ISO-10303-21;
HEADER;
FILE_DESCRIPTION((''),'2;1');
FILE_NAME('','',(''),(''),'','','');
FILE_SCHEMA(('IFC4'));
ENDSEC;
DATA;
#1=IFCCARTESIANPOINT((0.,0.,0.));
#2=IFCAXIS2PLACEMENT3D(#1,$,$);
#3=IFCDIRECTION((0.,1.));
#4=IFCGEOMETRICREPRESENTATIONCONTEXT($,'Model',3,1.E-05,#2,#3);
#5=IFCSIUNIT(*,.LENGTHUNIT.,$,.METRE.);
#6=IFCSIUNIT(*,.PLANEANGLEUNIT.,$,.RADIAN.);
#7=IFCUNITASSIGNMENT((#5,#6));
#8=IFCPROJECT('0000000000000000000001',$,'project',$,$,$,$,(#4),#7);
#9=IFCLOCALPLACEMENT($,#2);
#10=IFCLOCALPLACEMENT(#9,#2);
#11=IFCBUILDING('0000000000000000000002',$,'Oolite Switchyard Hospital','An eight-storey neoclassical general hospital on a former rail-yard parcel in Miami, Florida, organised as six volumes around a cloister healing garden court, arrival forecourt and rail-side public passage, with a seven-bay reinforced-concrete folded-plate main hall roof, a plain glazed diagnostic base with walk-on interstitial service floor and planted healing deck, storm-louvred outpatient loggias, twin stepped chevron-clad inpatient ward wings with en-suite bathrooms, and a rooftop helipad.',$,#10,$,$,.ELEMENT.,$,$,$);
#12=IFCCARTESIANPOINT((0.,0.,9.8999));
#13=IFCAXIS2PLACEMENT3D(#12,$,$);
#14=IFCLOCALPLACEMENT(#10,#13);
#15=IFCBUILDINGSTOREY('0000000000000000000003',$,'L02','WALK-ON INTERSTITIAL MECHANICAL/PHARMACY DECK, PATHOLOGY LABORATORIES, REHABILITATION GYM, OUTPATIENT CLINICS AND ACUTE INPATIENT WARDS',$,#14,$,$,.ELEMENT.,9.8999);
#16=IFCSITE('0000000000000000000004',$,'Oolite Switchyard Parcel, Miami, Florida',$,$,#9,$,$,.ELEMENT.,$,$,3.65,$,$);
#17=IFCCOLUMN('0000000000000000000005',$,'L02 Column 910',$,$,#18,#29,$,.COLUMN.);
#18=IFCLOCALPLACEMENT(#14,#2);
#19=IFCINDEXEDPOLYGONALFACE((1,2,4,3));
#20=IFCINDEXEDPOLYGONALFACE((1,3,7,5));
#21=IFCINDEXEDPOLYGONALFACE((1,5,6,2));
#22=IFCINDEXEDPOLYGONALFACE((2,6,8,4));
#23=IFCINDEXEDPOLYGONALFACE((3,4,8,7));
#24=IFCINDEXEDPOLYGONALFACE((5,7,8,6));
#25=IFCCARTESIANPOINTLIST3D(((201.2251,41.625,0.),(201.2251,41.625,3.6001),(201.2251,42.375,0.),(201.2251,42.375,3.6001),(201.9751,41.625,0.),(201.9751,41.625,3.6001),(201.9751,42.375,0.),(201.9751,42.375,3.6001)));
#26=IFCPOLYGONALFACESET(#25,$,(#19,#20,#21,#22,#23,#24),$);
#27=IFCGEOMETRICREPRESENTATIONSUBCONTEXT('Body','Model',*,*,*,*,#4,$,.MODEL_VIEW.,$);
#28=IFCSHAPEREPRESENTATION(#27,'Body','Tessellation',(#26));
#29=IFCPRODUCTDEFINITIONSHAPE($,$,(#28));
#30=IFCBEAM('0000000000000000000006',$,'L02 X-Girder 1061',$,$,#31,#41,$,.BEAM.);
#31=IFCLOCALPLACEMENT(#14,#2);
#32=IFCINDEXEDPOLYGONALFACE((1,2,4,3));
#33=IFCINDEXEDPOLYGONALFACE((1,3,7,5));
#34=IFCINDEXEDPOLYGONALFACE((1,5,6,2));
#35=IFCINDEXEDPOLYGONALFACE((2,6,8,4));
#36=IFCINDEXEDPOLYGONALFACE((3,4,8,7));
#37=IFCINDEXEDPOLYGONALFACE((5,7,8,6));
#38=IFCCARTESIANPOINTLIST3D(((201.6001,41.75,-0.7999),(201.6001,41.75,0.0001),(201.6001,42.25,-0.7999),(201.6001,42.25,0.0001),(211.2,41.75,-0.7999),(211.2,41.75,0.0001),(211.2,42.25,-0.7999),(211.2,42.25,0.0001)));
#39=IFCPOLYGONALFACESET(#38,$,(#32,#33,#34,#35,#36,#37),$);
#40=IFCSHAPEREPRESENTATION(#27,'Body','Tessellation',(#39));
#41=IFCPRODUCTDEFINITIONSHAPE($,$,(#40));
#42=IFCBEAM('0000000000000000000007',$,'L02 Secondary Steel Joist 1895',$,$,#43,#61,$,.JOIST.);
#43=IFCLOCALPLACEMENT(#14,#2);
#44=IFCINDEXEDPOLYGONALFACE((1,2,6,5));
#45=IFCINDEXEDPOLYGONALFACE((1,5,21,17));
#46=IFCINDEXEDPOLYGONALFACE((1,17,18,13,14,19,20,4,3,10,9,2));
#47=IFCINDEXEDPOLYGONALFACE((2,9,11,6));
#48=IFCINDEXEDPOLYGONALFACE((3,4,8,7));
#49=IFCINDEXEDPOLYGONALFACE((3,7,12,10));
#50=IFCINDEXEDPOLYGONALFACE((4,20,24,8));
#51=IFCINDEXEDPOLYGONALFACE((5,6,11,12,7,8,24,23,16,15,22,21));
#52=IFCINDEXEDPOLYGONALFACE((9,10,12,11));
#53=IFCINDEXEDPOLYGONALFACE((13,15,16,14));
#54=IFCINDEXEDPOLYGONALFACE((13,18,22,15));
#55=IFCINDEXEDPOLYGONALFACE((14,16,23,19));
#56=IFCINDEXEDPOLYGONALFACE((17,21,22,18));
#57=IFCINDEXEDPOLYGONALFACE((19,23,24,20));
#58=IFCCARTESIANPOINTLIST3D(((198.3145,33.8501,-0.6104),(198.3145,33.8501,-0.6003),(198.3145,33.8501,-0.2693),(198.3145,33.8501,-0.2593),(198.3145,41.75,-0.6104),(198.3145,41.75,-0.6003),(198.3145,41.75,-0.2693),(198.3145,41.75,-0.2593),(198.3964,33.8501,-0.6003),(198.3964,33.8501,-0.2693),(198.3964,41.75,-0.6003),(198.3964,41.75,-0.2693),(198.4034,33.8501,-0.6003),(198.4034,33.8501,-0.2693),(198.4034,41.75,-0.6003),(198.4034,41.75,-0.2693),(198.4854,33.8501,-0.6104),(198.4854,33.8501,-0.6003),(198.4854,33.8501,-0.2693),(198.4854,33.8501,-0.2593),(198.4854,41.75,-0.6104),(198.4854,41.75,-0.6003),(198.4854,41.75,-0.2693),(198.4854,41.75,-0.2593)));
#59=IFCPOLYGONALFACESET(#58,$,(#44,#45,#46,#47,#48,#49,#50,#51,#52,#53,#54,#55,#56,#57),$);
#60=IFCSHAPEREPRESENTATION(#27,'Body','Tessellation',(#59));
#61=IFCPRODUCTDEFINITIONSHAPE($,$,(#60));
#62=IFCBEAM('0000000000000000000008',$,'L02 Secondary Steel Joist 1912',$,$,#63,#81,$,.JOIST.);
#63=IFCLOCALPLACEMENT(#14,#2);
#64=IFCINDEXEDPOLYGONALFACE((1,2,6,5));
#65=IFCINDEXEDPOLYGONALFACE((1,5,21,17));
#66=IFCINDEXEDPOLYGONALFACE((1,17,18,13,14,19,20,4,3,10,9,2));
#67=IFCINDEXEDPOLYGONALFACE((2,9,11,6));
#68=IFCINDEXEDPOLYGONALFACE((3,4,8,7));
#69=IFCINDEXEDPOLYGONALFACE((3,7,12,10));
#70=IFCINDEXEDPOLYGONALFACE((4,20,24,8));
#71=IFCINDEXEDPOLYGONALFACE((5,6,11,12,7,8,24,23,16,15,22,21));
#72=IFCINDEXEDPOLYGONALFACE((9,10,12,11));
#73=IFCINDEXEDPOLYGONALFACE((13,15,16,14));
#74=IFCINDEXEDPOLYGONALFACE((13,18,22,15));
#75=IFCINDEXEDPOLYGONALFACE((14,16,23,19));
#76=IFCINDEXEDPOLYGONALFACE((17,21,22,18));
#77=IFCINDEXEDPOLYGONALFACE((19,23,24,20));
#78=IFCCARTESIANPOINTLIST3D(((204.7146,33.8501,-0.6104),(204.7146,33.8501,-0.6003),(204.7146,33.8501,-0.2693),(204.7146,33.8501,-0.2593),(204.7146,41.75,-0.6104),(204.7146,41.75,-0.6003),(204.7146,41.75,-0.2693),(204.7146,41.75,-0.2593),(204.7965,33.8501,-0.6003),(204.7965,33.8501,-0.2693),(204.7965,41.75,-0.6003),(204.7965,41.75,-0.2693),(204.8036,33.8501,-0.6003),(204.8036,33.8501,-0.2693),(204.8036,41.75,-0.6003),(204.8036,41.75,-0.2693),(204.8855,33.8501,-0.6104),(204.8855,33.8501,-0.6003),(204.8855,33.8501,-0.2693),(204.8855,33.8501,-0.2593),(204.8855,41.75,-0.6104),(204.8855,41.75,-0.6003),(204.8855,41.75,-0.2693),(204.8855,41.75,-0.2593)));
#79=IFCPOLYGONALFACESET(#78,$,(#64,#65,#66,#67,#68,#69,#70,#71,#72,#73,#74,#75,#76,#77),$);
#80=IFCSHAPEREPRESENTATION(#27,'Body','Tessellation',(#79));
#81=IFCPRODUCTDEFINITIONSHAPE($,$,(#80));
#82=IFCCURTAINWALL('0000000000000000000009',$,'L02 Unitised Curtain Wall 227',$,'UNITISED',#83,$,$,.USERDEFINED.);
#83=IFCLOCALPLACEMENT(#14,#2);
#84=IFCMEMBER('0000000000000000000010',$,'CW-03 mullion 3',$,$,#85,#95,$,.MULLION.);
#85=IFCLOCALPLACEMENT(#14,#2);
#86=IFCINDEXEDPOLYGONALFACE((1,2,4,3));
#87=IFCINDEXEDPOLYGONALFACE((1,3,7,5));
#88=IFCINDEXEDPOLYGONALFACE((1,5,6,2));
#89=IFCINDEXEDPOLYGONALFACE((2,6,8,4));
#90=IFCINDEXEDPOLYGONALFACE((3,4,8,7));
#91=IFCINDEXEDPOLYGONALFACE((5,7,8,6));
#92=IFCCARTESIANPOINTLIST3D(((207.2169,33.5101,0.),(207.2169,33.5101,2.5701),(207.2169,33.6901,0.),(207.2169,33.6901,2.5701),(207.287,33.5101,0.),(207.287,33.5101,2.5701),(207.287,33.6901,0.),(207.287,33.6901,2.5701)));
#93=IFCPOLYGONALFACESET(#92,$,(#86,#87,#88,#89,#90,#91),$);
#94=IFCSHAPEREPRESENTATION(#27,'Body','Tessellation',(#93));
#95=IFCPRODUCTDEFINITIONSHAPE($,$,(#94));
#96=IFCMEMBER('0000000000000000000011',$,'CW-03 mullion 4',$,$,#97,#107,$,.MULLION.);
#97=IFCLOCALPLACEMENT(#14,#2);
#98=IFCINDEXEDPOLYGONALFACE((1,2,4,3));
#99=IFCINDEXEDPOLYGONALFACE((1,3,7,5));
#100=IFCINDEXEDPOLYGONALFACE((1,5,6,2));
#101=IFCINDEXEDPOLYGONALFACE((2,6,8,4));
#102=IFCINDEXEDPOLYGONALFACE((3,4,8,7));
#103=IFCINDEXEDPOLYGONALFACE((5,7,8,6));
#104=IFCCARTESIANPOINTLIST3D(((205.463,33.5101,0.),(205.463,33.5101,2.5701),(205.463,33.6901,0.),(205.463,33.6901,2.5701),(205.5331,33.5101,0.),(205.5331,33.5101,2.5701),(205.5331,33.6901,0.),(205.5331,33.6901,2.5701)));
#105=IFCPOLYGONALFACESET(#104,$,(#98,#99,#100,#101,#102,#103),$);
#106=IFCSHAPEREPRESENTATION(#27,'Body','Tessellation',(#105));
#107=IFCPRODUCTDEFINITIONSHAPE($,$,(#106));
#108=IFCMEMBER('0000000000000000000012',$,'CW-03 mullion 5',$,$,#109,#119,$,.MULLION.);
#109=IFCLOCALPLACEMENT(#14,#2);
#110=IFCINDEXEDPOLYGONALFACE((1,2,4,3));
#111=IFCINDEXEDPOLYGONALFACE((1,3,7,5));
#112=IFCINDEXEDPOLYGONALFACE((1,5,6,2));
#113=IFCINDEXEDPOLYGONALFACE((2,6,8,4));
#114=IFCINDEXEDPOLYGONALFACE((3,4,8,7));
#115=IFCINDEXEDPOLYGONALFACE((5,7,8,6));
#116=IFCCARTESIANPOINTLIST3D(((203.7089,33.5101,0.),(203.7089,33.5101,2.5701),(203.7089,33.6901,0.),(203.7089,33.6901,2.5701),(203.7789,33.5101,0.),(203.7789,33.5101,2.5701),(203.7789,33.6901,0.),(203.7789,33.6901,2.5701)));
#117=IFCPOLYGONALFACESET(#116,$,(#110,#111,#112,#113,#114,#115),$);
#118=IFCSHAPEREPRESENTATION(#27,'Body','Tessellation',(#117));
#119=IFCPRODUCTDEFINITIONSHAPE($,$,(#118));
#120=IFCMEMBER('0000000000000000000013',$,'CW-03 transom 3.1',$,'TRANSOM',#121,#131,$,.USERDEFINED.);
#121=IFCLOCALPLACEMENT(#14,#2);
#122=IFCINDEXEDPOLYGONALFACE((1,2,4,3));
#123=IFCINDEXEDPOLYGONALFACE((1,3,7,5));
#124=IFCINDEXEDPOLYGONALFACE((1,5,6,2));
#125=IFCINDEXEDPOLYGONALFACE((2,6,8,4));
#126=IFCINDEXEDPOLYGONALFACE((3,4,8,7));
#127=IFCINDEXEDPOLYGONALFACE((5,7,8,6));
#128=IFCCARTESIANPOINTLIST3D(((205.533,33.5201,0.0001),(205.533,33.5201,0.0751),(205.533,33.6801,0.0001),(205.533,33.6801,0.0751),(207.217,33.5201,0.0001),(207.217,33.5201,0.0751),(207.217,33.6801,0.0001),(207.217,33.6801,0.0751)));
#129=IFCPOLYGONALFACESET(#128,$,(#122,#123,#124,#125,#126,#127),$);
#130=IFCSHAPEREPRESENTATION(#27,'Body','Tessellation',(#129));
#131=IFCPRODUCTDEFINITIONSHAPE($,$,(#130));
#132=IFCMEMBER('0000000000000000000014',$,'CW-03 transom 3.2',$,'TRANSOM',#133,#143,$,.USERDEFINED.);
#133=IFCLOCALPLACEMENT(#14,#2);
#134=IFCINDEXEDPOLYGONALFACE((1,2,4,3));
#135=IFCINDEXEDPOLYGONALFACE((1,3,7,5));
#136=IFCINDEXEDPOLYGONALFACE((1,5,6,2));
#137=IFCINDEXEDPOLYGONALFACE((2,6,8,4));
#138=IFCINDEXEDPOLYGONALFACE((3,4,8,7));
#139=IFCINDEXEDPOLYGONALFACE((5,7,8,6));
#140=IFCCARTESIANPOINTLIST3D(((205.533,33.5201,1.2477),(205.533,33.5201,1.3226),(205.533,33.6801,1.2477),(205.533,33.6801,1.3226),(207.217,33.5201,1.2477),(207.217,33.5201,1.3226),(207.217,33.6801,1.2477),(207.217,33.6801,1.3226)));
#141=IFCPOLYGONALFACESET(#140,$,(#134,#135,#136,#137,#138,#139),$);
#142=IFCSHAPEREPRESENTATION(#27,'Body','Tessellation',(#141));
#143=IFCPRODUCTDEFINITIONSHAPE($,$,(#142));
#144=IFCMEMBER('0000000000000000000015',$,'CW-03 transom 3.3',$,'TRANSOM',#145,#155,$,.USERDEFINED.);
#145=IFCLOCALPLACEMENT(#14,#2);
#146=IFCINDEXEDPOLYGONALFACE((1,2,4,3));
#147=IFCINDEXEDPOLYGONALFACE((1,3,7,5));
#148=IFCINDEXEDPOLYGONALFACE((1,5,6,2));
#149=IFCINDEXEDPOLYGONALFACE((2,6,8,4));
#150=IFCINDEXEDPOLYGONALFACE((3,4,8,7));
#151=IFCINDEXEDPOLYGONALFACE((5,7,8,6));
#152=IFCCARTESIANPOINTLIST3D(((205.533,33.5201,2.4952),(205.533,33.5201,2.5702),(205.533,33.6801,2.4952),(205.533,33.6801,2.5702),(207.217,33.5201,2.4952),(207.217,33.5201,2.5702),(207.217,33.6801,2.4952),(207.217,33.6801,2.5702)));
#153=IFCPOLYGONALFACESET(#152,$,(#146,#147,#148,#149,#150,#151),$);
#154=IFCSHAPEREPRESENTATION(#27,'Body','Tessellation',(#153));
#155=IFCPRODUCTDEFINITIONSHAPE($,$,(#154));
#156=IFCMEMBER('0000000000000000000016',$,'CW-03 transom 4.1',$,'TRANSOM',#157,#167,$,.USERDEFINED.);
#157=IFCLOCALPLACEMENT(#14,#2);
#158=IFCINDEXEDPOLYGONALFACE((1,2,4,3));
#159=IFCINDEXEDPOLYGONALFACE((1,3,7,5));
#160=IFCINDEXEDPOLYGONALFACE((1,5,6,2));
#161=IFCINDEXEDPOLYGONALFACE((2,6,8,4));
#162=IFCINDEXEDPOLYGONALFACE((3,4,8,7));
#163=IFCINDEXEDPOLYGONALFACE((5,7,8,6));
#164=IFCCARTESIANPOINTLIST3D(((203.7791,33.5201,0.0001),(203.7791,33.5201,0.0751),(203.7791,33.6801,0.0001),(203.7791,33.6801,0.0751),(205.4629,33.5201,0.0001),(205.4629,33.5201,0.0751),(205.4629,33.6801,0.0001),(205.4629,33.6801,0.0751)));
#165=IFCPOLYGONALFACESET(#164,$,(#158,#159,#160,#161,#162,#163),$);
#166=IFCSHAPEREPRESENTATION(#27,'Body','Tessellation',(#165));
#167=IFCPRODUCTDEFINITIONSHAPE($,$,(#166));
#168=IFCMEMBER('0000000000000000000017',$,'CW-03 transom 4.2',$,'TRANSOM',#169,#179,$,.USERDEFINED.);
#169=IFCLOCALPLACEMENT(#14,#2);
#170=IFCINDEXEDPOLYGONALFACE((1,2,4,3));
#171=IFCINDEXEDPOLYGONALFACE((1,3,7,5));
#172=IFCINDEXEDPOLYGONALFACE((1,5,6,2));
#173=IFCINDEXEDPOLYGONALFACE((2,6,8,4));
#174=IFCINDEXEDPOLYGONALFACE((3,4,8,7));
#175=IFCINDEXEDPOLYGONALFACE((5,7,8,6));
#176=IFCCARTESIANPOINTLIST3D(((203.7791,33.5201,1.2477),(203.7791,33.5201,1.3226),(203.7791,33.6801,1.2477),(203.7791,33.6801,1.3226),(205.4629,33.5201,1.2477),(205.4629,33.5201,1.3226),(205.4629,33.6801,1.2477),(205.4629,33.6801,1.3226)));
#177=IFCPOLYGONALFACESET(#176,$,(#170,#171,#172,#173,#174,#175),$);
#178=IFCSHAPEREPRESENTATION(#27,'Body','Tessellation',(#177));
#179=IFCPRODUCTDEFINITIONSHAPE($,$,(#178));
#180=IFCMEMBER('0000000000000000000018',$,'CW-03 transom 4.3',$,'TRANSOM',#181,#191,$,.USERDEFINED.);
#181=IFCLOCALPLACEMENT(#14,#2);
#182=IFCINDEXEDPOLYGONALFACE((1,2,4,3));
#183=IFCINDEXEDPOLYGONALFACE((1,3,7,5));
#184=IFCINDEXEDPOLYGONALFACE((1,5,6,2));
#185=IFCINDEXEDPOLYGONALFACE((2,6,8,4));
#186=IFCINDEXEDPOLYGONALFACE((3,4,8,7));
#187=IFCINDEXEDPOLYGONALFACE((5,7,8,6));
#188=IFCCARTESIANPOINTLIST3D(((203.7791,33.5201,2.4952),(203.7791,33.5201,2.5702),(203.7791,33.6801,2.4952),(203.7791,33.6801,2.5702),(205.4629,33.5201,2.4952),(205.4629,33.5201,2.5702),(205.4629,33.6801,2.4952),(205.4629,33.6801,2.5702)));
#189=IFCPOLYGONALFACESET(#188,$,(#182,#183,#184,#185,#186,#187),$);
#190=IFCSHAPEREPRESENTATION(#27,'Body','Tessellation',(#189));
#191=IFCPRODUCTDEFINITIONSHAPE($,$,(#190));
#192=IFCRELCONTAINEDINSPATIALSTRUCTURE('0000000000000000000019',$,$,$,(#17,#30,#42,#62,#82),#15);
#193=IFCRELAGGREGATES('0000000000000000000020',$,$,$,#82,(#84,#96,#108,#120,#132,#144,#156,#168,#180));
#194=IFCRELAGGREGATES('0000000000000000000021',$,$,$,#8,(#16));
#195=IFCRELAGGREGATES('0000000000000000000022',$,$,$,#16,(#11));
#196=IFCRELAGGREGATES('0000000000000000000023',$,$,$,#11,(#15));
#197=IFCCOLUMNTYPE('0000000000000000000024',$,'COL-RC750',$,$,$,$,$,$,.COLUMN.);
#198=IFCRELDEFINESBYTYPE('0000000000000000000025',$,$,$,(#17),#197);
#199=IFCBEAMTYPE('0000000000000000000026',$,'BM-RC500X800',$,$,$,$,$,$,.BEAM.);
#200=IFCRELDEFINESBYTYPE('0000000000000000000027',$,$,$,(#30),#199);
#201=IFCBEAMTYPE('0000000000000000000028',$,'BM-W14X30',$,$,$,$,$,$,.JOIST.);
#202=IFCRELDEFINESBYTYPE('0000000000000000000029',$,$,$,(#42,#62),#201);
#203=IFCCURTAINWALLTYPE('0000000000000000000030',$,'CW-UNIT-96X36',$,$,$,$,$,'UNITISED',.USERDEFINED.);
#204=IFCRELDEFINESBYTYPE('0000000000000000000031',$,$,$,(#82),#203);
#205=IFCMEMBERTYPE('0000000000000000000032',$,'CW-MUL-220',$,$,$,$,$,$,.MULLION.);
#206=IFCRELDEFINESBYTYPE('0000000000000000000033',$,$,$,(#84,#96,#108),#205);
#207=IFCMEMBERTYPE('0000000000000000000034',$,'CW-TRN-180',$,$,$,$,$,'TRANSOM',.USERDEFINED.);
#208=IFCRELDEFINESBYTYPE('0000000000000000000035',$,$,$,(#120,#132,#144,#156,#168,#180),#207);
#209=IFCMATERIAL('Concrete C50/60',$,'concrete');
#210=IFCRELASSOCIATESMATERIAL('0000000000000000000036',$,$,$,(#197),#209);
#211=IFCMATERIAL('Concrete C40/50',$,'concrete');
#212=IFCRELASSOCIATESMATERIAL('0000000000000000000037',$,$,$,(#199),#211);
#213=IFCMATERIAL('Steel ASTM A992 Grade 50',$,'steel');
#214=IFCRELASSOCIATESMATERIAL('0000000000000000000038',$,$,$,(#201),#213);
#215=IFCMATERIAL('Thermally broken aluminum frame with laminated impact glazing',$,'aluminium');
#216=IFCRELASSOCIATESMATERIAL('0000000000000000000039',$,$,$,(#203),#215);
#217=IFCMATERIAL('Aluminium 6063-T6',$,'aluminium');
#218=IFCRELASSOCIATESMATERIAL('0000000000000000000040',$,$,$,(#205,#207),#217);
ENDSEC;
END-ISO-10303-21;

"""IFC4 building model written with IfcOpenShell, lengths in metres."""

from ifc_helpers import new_model, si_unit, direction, frame, origin, origin_2d, place, context, subcontext, project, spatial, rectangle, i_section, extrude, material, material_profile, profile_set, type_object, element, aggregate, save


model = new_model("IFC4")

# Units and contexts
model_context = context("Model", 3, precision=1e-05, world=origin(), true_north=direction((0.0, 1.0)))
body_context = subcontext(model_context, "Body", "Model", "MODEL_VIEW")
ifc_project = project(units=[si_unit("LENGTHUNIT", "METRE"), si_unit("PLANEANGLEUNIT", "RADIAN")], contexts=[model_context])

# Site, building, storey
site_placement = place(None, origin())
site = spatial("IfcSite", under=ifc_project, at=site_placement, Name="Oolite Switchyard Parcel, Miami, Florida", CompositionType="ELEMENT", RefElevation=3.65)
building_placement = place(site_placement, origin())
building = spatial("IfcBuilding", under=site, at=building_placement, Name="Oolite Switchyard Hospital", Description="An eight-storey neoclassical general hospital on a former rail-yard parcel in Miami, Florida, organised as six volumes around a cloister healing garden court, arrival forecourt and rail-side public passage, with a seven-bay reinforced-concrete folded-plate main hall roof, a plain glazed diagnostic base with walk-on interstitial service floor and planted healing deck, storm-louvred outpatient loggias, twin stepped chevron-clad inpatient ward wings with en-suite bathrooms, and a rooftop helipad.", CompositionType="ELEMENT")
storey_placement = place(building_placement, frame((0.0, 0.0, 9.8999)))
storey = spatial("IfcBuildingStorey", under=building, at=storey_placement, Name="L02", Description="WALK-ON INTERSTITIAL MECHANICAL/PHARMACY DECK, PATHOLOGY LABORATORIES, REHABILITATION GYM, OUTPATIENT CLINICS AND ACUTE INPATIENT WARDS", CompositionType="ELEMENT", Elevation=9.8999)

# Column
ifc_material_1 = material(Name="Concrete C50/60", Category="concrete")
ifc_material_profile_1 = material_profile(ifc_material_1, rectangle(XDim=0.75, YDim=0.75, at=origin_2d()), Name="RC750X750")
ifc_profile_set_1 = profile_set([ifc_material_profile_1], Name="Concrete C50/60")
column_type = type_object("IfcColumnType", Name="COL-RC750", PredefinedType="COLUMN", material=ifc_profile_set_1)
column_placement = place(storey_placement, frame((201.6001, 42.0, 0.0), z_axis=(0.0, 0.0, 1.0), x_axis=(1.0, 0.0, 0.0)))
element("IfcColumn", 1, at=column_placement, inside=storey, type_object=column_type, Name="L02 Column 910", PredefinedType="COLUMN", context=body_context, shape_type="SweptSolid", body=[
    extrude(rectangle(XDim=0.75, YDim=0.75, at=origin_2d()), origin(), (0.0, 0.0, 1.0), 3.6001),
])

# Beams
ifc_material_2 = material(Name="Concrete C40/50", Category="concrete")
ifc_material_profile_2 = material_profile(ifc_material_2, rectangle(XDim=0.5, YDim=0.8, at=origin_2d()), Name="RCB500X800")
ifc_profile_set_2 = profile_set([ifc_material_profile_2], Name="Concrete C40/50")
beam_type_1 = type_object("IfcBeamType", Name="BM-RC500X800", PredefinedType="BEAM", material=ifc_profile_set_2)
beam_placement = place(storey_placement, frame((201.6001, 42.0, -0.3999), z_axis=(1.0, 0.0, 0.0), x_axis=(0.0, 1.0, 0.0)))
element("IfcBeam", 2, at=beam_placement, inside=storey, type_object=beam_type_1, Name="L02 X-Girder 1061", PredefinedType="BEAM", context=body_context, shape_type="SweptSolid", body=[
    extrude(rectangle(XDim=0.5, YDim=0.8, at=origin_2d()), origin(), (0.0, 0.0, 1.0), 9.5999),
])
ifc_material_3 = material(Name="Steel ASTM A992 Grade 50", Category="steel")
ifc_material_profile_3 = material_profile(ifc_material_3, i_section(OverallWidth=0.1709, OverallDepth=0.3511, WebThickness=0.0071, FlangeThickness=0.01, at=origin_2d()), Name="W14X30")
ifc_profile_set_3 = profile_set([ifc_material_profile_3], Name="Steel ASTM A992 Grade 50")
beam_type_2 = type_object("IfcBeamType", Name="BM-W14X30", PredefinedType="JOIST", material=ifc_profile_set_3)
for number, where, z_axis, x_axis, name in (
    (3, (198.3999, 33.8501, -0.4348), (0.0, 1.0, 0.0), (-1.0, 0.0, 0.0), "L02 Secondary Steel Joist 1895"),
    (4, (204.8, 33.8501, -0.4348), (0.0, 1.0, 0.0), (-1.0, 0.0, 0.0), "L02 Secondary Steel Joist 1912"),
):
    element("IfcBeam", number, at=place(storey_placement, frame(where, z_axis=z_axis, x_axis=x_axis)), inside=storey, type_object=beam_type_2, Name=name, PredefinedType="JOIST", context=body_context, shape_type="SweptSolid", body=[
        extrude(i_section(OverallWidth=0.1709, OverallDepth=0.3511, WebThickness=0.0071, FlangeThickness=0.01, at=origin_2d()), origin(), (0.0, 0.0, 1.0), 7.8999),
    ])

# Curtain wall, members
ifc_material_4 = material(Name="Thermally broken aluminum frame with laminated impact glazing", Category="aluminium")
curtain_wall_type = type_object("IfcCurtainWallType", Name="CW-UNIT-96X36", ElementType="UNITISED", PredefinedType="USERDEFINED", material=ifc_material_4)
curtain_wall_placement = place(storey_placement, origin())
curtain_wall = element("IfcCurtainWall", 5, at=curtain_wall_placement, inside=storey, type_object=curtain_wall_type, Name="L02 Unitised Curtain Wall 227", ObjectType="UNITISED", PredefinedType="USERDEFINED")
ifc_material_5 = material(Name="Aluminium 6063-T6", Category="aluminium")
ifc_material_profile_4 = material_profile(ifc_material_5, rectangle(XDim=0.1799, YDim=0.0701, at=origin_2d()), Name="CWM70X180")
ifc_profile_set_4 = profile_set([ifc_material_profile_4], Name="Aluminium 6063-T6")
member_type_1 = type_object("IfcMemberType", Name="CW-MUL-220", PredefinedType="MULLION", material=ifc_profile_set_4)
member_1_placement = place(storey_placement, frame((207.252, 33.6001, 0.0), z_axis=(0.0, 0.0, 1.0), x_axis=(0.0, -1.0, 0.0)))
member_1 = element("IfcMember", 6, at=member_1_placement, type_object=member_type_1, Name="CW-03 mullion 3", PredefinedType="MULLION", context=body_context, shape_type="SweptSolid", body=[
    extrude(rectangle(XDim=0.1799, YDim=0.0701, at=origin_2d()), origin(), (0.0, 0.0, 1.0), 2.5701),
])
member_2_placement = place(storey_placement, frame((205.498, 33.6001, 0.0), z_axis=(0.0, 0.0, 1.0), x_axis=(0.0, -1.0, 0.0)))
member_2 = element("IfcMember", 7, at=member_2_placement, type_object=member_type_1, Name="CW-03 mullion 4", PredefinedType="MULLION", context=body_context, shape_type="SweptSolid", body=[
    extrude(rectangle(XDim=0.1799, YDim=0.0701, at=origin_2d()), origin(), (0.0, 0.0, 1.0), 2.5701),
])
member_3_placement = place(storey_placement, frame((203.7439, 33.6001, 0.0), z_axis=(0.0, 0.0, 1.0), x_axis=(0.0, -1.0, 0.0)))
member_3 = element("IfcMember", 8, at=member_3_placement, type_object=member_type_1, Name="CW-03 mullion 5", PredefinedType="MULLION", context=body_context, shape_type="SweptSolid", body=[
    extrude(rectangle(XDim=0.1799, YDim=0.0701, at=origin_2d()), origin(), (0.0, 0.0, 1.0), 2.5701),
])
ifc_material_profile_5 = material_profile(ifc_material_5, rectangle(XDim=0.1599, YDim=0.075, at=origin_2d()), Name="CWT75X160")
ifc_profile_set_5 = profile_set([ifc_material_profile_5], Name="Aluminium 6063-T6")
member_type_2 = type_object("IfcMemberType", Name="CW-TRN-180", ElementType="TRANSOM", PredefinedType="USERDEFINED", material=ifc_profile_set_5)
member_4_placement = place(storey_placement, frame((207.217, 33.6001, 0.0376), z_axis=(-1.0, 0.0, 0.0), x_axis=(0.0, -1.0, 0.0)))
member_4 = element("IfcMember", 9, at=member_4_placement, type_object=member_type_2, Name="CW-03 transom 3.1", ObjectType="TRANSOM", PredefinedType="USERDEFINED", context=body_context, shape_type="SweptSolid", body=[
    extrude(rectangle(XDim=0.1599, YDim=0.075, at=origin_2d()), origin(), (0.0, 0.0, 1.0), 1.6841),
])
member_5_placement = place(storey_placement, frame((207.217, 33.6001, 1.2852), z_axis=(-1.0, 0.0, 0.0), x_axis=(0.0, -1.0, 0.0)))
member_5 = element("IfcMember", 10, at=member_5_placement, type_object=member_type_2, Name="CW-03 transom 3.2", ObjectType="TRANSOM", PredefinedType="USERDEFINED", context=body_context, shape_type="SweptSolid", body=[
    extrude(rectangle(XDim=0.1599, YDim=0.075, at=origin_2d()), origin(), (0.0, 0.0, 1.0), 1.6841),
])
member_6_placement = place(storey_placement, frame((207.217, 33.6001, 2.5327), z_axis=(-1.0, 0.0, 0.0), x_axis=(0.0, -1.0, 0.0)))
member_6 = element("IfcMember", 11, at=member_6_placement, type_object=member_type_2, Name="CW-03 transom 3.3", ObjectType="TRANSOM", PredefinedType="USERDEFINED", context=body_context, shape_type="SweptSolid", body=[
    extrude(rectangle(XDim=0.1599, YDim=0.075, at=origin_2d()), origin(), (0.0, 0.0, 1.0), 1.6841),
])
member_7_placement = place(storey_placement, frame((205.4629, 33.6001, 0.0376), z_axis=(-1.0, 0.0, 0.0), x_axis=(0.0, -1.0, 0.0)))
member_7 = element("IfcMember", 12, at=member_7_placement, type_object=member_type_2, Name="CW-03 transom 4.1", ObjectType="TRANSOM", PredefinedType="USERDEFINED", context=body_context, shape_type="SweptSolid", body=[
    extrude(rectangle(XDim=0.1599, YDim=0.075, at=origin_2d()), origin(), (0.0, 0.0, 1.0), 1.6838),
])
member_8_placement = place(storey_placement, frame((205.4629, 33.6001, 1.2852), z_axis=(-1.0, 0.0, 0.0), x_axis=(0.0, -1.0, 0.0)))
member_8 = element("IfcMember", 13, at=member_8_placement, type_object=member_type_2, Name="CW-03 transom 4.2", ObjectType="TRANSOM", PredefinedType="USERDEFINED", context=body_context, shape_type="SweptSolid", body=[
    extrude(rectangle(XDim=0.1599, YDim=0.075, at=origin_2d()), origin(), (0.0, 0.0, 1.0), 1.6838),
])
member_9_placement = place(storey_placement, frame((205.4629, 33.6001, 2.5327), z_axis=(-1.0, 0.0, 0.0), x_axis=(0.0, -1.0, 0.0)))
member_9 = element("IfcMember", 14, at=member_9_placement, type_object=member_type_2, Name="CW-03 transom 4.3", ObjectType="TRANSOM", PredefinedType="USERDEFINED", context=body_context, shape_type="SweptSolid", body=[
    extrude(rectangle(XDim=0.1599, YDim=0.075, at=origin_2d()), origin(), (0.0, 0.0, 1.0), 1.6838),
])
aggregate(curtain_wall, [member_1, member_2, member_3, member_4, member_5, member_6, member_7, member_8, member_9])

save(model, "model.ifc")
